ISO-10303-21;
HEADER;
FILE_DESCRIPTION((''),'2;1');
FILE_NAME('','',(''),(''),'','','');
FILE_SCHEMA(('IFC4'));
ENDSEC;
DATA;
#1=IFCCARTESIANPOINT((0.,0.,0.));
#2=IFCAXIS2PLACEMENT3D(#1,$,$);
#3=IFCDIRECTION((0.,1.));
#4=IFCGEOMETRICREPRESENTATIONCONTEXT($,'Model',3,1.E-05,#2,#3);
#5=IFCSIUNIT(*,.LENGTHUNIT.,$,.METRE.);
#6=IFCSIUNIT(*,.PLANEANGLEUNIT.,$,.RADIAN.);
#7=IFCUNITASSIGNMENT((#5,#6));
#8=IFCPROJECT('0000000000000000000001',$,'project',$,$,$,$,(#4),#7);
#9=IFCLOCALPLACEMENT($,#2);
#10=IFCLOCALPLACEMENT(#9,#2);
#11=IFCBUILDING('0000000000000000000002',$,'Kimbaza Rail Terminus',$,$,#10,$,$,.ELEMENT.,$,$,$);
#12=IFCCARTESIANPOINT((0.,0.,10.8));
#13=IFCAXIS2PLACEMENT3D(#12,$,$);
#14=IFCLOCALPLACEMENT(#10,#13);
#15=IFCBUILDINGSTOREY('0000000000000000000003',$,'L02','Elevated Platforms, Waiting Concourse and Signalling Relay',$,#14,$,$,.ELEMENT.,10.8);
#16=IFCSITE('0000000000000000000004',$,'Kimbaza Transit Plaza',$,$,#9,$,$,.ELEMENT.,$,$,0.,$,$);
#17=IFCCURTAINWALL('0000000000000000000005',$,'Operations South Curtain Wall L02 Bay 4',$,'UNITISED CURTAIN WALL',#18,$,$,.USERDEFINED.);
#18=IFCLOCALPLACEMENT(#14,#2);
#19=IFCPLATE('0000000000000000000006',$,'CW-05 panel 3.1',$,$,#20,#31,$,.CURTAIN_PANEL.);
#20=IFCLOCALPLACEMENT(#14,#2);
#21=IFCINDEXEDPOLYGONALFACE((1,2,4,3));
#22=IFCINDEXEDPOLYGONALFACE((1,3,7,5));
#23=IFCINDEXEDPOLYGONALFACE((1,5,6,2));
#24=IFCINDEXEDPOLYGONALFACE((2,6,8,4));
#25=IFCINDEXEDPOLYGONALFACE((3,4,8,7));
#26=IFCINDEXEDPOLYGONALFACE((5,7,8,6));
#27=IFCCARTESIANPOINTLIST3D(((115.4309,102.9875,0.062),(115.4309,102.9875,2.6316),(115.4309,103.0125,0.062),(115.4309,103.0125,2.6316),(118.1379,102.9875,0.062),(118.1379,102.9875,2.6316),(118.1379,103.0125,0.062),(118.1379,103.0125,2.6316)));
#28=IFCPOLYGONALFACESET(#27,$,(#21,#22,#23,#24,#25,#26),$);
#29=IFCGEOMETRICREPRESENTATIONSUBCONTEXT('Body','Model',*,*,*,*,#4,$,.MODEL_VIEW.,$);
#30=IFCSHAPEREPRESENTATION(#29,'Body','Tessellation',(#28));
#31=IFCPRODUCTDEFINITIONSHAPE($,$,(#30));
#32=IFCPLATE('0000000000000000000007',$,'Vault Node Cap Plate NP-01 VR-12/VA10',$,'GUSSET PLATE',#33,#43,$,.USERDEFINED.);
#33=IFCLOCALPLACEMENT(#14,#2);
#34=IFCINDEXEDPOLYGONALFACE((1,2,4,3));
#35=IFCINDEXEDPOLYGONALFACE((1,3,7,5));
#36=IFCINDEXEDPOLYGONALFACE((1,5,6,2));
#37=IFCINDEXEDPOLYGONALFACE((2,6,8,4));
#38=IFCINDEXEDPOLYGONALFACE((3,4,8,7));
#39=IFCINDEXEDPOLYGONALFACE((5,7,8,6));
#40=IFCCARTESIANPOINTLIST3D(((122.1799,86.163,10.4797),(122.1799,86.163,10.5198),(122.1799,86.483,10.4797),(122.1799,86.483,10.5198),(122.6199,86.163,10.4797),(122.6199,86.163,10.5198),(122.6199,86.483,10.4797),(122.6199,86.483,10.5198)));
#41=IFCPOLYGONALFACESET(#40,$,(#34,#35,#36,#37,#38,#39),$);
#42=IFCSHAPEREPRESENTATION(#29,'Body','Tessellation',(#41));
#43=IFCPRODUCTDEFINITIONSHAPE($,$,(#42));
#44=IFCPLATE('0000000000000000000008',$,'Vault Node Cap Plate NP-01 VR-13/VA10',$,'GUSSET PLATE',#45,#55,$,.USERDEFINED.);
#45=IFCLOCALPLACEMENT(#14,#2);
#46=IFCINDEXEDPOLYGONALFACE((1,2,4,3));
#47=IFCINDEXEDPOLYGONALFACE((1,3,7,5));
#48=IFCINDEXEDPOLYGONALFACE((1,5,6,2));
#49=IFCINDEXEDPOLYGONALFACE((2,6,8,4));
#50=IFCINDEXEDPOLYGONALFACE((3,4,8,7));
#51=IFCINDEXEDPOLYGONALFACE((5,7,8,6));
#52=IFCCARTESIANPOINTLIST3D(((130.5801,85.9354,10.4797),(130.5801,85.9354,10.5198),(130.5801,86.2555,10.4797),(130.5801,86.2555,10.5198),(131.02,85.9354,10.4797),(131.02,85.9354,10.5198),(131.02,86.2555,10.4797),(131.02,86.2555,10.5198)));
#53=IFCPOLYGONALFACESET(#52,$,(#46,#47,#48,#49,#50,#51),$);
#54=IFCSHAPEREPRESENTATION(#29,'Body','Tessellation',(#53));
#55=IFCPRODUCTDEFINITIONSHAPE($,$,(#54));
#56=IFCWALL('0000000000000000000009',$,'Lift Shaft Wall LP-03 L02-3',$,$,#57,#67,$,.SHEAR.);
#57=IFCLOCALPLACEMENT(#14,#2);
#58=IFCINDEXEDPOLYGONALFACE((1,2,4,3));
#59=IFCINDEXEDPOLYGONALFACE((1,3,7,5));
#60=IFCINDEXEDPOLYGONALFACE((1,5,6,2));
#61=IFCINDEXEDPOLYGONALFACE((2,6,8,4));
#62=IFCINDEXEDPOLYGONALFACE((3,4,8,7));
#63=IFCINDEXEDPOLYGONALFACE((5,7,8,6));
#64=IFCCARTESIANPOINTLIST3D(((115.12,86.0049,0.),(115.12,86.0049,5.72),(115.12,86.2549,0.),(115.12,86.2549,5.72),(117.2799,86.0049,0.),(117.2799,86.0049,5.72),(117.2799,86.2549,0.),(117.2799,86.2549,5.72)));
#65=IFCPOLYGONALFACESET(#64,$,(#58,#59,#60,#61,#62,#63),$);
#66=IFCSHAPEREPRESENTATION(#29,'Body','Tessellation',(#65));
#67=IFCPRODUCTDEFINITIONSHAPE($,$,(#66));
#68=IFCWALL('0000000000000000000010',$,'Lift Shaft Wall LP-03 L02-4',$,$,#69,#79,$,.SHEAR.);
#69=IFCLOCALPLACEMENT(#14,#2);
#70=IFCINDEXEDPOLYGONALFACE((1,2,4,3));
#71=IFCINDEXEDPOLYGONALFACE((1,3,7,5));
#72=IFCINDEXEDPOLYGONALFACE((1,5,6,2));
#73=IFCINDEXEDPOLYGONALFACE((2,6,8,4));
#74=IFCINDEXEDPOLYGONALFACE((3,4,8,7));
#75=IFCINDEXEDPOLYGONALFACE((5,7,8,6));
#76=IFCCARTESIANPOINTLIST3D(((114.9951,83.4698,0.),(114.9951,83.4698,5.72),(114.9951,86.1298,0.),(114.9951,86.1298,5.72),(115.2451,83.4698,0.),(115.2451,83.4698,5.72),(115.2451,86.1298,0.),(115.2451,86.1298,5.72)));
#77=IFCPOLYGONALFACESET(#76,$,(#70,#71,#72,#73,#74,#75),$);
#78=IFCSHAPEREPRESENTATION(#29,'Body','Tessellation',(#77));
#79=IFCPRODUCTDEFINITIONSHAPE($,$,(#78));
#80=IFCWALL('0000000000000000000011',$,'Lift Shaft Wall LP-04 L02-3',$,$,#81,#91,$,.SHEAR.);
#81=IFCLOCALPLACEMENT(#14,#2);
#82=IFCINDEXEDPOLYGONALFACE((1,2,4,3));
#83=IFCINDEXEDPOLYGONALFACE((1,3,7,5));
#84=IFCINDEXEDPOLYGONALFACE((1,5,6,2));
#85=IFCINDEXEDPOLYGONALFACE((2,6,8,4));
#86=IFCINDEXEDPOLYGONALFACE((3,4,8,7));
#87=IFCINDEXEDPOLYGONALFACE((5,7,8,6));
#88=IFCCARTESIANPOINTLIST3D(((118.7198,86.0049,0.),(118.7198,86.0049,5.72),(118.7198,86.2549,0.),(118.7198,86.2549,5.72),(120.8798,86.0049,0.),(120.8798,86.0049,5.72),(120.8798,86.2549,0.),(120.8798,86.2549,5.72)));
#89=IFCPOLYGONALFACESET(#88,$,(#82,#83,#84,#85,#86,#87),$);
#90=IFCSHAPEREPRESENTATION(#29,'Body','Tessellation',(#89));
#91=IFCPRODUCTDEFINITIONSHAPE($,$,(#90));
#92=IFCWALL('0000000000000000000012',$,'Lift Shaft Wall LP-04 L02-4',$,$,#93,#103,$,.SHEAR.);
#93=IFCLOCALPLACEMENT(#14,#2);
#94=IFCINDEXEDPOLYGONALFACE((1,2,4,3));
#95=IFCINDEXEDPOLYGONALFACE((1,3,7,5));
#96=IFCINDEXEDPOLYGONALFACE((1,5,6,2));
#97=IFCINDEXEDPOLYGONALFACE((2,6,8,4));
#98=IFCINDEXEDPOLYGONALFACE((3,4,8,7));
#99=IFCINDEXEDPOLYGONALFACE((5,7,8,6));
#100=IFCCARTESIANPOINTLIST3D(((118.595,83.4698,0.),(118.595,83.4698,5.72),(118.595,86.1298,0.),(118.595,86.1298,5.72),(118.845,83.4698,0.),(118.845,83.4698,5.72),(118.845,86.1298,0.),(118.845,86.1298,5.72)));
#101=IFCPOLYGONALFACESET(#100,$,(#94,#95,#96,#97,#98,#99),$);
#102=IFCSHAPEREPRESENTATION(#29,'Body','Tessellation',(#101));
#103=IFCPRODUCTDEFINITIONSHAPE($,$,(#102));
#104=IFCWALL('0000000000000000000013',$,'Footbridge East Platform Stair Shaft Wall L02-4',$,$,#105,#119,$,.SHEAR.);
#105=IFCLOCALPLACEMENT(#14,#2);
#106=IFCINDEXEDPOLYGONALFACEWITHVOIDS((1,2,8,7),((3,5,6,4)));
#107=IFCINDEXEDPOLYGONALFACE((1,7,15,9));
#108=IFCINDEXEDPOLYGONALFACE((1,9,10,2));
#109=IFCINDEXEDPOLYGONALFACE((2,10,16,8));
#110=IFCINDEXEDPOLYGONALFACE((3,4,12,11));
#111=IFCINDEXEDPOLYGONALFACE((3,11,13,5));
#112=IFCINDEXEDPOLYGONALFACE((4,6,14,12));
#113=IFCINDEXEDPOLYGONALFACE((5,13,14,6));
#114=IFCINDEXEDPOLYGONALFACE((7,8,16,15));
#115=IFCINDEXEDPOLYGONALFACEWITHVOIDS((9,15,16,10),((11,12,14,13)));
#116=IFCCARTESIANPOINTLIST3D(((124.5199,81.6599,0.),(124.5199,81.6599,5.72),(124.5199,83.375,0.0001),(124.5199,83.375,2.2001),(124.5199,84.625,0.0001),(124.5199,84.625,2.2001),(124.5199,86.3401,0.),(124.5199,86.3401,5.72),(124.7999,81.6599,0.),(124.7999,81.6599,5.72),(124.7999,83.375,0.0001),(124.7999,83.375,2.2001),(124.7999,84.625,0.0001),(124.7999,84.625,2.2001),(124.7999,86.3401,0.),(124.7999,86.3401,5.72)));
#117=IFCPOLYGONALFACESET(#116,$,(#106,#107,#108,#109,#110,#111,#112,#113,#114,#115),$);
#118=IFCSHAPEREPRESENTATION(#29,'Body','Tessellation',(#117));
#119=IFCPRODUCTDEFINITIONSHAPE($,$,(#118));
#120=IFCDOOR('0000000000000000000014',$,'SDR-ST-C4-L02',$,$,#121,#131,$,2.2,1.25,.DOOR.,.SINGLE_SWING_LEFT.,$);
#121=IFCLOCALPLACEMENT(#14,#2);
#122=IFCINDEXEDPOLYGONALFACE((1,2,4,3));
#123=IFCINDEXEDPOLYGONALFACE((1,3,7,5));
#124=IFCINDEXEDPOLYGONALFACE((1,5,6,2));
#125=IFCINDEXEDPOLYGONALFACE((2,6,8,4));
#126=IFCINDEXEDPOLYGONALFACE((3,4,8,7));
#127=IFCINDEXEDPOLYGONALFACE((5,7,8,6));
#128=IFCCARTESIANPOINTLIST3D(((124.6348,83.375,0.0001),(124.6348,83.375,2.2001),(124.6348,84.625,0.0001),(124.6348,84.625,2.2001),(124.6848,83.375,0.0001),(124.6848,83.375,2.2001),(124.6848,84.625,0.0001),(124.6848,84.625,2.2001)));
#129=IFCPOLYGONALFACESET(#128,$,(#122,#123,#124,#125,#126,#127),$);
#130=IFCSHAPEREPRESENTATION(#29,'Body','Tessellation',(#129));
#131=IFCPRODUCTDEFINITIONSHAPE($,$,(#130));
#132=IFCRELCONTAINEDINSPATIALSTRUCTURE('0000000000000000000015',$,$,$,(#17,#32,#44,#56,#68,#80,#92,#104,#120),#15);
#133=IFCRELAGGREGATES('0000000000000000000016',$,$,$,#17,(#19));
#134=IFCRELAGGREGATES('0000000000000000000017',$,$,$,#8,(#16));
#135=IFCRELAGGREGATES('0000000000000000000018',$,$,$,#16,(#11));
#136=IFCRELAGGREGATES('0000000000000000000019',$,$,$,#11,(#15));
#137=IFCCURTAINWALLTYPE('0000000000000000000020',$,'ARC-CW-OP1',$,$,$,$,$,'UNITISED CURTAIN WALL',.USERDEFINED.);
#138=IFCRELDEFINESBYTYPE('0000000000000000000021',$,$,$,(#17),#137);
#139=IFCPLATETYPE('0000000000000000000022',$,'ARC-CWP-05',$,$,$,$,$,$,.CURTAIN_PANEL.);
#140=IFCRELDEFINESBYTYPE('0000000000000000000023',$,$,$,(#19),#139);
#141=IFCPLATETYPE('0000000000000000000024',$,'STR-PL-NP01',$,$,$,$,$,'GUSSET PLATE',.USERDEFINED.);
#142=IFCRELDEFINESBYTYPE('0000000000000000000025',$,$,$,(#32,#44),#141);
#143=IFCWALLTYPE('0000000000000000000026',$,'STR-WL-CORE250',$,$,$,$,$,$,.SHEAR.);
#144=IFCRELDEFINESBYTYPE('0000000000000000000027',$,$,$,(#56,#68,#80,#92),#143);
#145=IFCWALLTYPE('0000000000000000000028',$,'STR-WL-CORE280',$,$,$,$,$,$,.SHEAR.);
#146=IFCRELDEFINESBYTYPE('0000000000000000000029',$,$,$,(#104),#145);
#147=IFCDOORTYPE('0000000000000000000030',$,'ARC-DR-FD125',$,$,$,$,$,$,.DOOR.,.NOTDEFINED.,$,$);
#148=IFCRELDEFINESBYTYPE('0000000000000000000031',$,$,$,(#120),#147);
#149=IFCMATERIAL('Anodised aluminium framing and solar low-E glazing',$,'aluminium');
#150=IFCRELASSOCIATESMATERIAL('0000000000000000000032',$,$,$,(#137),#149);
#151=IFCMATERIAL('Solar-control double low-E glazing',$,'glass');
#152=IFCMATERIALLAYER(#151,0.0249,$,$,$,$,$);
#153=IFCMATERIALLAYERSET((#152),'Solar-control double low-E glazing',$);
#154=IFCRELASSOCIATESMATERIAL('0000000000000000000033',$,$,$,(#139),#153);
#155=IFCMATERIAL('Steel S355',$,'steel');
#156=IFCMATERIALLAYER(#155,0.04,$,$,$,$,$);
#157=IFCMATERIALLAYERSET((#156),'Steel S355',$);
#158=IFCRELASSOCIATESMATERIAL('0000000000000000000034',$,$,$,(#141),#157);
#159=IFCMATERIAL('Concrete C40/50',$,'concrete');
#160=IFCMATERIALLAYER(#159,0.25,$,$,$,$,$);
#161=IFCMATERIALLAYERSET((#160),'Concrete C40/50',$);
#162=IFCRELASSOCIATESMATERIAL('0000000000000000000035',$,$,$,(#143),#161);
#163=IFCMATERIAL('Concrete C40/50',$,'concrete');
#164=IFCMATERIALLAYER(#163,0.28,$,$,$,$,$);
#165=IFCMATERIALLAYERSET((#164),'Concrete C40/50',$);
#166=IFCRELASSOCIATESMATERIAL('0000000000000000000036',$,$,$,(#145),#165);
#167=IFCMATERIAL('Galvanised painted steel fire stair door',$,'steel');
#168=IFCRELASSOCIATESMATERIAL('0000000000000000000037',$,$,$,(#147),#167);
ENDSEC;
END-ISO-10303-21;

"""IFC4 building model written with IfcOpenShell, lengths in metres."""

from ifc_helpers import new_model, si_unit, direction, frame, frame_2d, origin, origin_2d, place, context, subcontext, project, spatial, rectangle, extrude, material, layer, layer_set, type_object, element, fill, aggregate, save


model = new_model("IFC4")

# Units and contexts
model_context = context("Model", 3, precision=1e-05, world=origin(), true_north=direction((0.0, 1.0)))
body_context = subcontext(model_context, "Body", "Model", "MODEL_VIEW")
ifc_project = project(units=[si_unit("LENGTHUNIT", "METRE"), si_unit("PLANEANGLEUNIT", "RADIAN")], contexts=[model_context])

# Site, building, storey
site_placement = place(None, origin())
site = spatial("IfcSite", under=ifc_project, at=site_placement, Name="Kimbaza Transit Plaza", CompositionType="ELEMENT", RefElevation=0.0)
building_placement = place(site_placement, origin())
building = spatial("IfcBuilding", under=site, at=building_placement, Name="Kimbaza Rail Terminus", CompositionType="ELEMENT")
storey_placement = place(building_placement, frame((0.0, 0.0, 10.8)))
storey = spatial("IfcBuildingStorey", under=building, at=storey_placement, Name="L02", Description="Elevated Platforms, Waiting Concourse and Signalling Relay", CompositionType="ELEMENT", Elevation=10.8)

# Curtain wall
ifc_material_1 = material(Name="Anodised aluminium framing and solar low-E glazing", Category="aluminium")
curtain_wall_type = type_object("IfcCurtainWallType", Name="ARC-CW-OP1", ElementType="UNITISED CURTAIN WALL", PredefinedType="USERDEFINED", material=ifc_material_1)
curtain_wall_placement = place(storey_placement, origin())
curtain_wall = element("IfcCurtainWall", 1, at=curtain_wall_placement, inside=storey, type_object=curtain_wall_type, Name="Operations South Curtain Wall L02 Bay 4", ObjectType="UNITISED CURTAIN WALL", PredefinedType="USERDEFINED")

# Plate
ifc_material_2 = material(Name="Solar-control double low-E glazing", Category="glass")
ifc_layer_1 = layer(ifc_material_2, 0.0249)
ifc_layer_set_1 = layer_set([ifc_layer_1], Name="Solar-control double low-E glazing")
plate_type_1 = type_object("IfcPlateType", Name="ARC-CWP-05", PredefinedType="CURTAIN_PANEL", material=ifc_layer_set_1)
plate_1_placement = place(storey_placement, frame((116.7844, 103.0, 0.062), z_axis=(0.0, 0.0, 1.0), x_axis=(1.0, 0.0, 0.0)))
plate_1 = element("IfcPlate", 2, at=plate_1_placement, type_object=plate_type_1, Name="CW-05 panel 3.1", PredefinedType="CURTAIN_PANEL", context=body_context, shape_type="SweptSolid", body=[
    extrude(rectangle(XDim=2.707, YDim=0.0249, at=origin_2d()), origin(), (0.0, 0.0, 1.0), 2.5696),
])
aggregate(curtain_wall, [plate_1])

# Plates
ifc_material_3 = material(Name="Steel S355", Category="steel")
ifc_layer_2 = layer(ifc_material_3, 0.04)
ifc_layer_set_2 = layer_set([ifc_layer_2], Name="Steel S355")
plate_type_2 = type_object("IfcPlateType", Name="STR-PL-NP01", ElementType="GUSSET PLATE", PredefinedType="USERDEFINED", material=ifc_layer_set_2)
for number, where, z_axis, x_axis, name in (
    (3, (122.3999, 86.323, 10.4797), (0.0, 0.0, 1.0), (1.0, 0.0, 0.0), "Vault Node Cap Plate NP-01 VR-12/VA10"),
    (4, (130.8, 86.0955, 10.4797), (0.0, 0.0, 1.0), (1.0, 0.0, 0.0), "Vault Node Cap Plate NP-01 VR-13/VA10"),
):
    element("IfcPlate", number, at=place(storey_placement, frame(where, z_axis=z_axis, x_axis=x_axis)), inside=storey, type_object=plate_type_2, Name=name, ObjectType="GUSSET PLATE", PredefinedType="USERDEFINED", context=body_context, shape_type="SweptSolid", body=[
        extrude(rectangle(XDim=0.4399, YDim=0.3201, at=origin_2d()), origin(), (0.0, 0.0, 1.0), 0.04),
    ])

# Walls
ifc_material_4 = material(Name="Concrete C40/50", Category="concrete")
ifc_layer_3 = layer(ifc_material_4, 0.25)
ifc_layer_set_3 = layer_set([ifc_layer_3], Name="Concrete C40/50")
wall_type_1 = type_object("IfcWallType", Name="STR-WL-CORE250", PredefinedType="SHEAR", material=ifc_layer_set_3)
wall_1_placement = place(storey_placement, frame((117.28, 86.1299, 0.0), z_axis=(0.0, 0.0, 1.0), x_axis=(-1.0, 0.0, 0.0)))
element("IfcWall", 5, at=wall_1_placement, inside=storey, type_object=wall_type_1, Name="Lift Shaft Wall LP-03 L02-3", PredefinedType="SHEAR", context=body_context, shape_type="SweptSolid", body=[
    extrude(rectangle(XDim=2.1599, YDim=0.25, at=frame_2d((1.0801, 0.0))), origin(), (0.0, 0.0, 1.0), 5.72),
])
wall_2_placement = place(storey_placement, frame((115.1201, 86.1299, 0.0), z_axis=(0.0, 0.0, 1.0), x_axis=(0.0, -1.0, 0.0)))
element("IfcWall", 6, at=wall_2_placement, inside=storey, type_object=wall_type_1, Name="Lift Shaft Wall LP-03 L02-4", PredefinedType="SHEAR", context=body_context, shape_type="SweptSolid", body=[
    extrude(rectangle(XDim=2.6599, YDim=0.25, at=frame_2d((1.3301, 0.0))), origin(), (0.0, 0.0, 1.0), 5.72),
])
wall_3_placement = place(storey_placement, frame((120.8799, 86.1299, 0.0), z_axis=(0.0, 0.0, 1.0), x_axis=(-1.0, 0.0, 0.0)))
element("IfcWall", 7, at=wall_3_placement, inside=storey, type_object=wall_type_1, Name="Lift Shaft Wall LP-04 L02-3", PredefinedType="SHEAR", context=body_context, shape_type="SweptSolid", body=[
    extrude(rectangle(XDim=2.1599, YDim=0.25, at=frame_2d((1.0801, 0.0))), origin(), (0.0, 0.0, 1.0), 5.72),
])
wall_4_placement = place(storey_placement, frame((118.72, 86.1299, 0.0), z_axis=(0.0, 0.0, 1.0), x_axis=(0.0, -1.0, 0.0)))
element("IfcWall", 8, at=wall_4_placement, inside=storey, type_object=wall_type_1, Name="Lift Shaft Wall LP-04 L02-4", PredefinedType="SHEAR", context=body_context, shape_type="SweptSolid", body=[
    extrude(rectangle(XDim=2.6599, YDim=0.25, at=frame_2d((1.3301, 0.0))), origin(), (0.0, 0.0, 1.0), 5.72),
])

# Wall, opening, door
ifc_material_5 = material(Name="Concrete C40/50", Category="concrete")
ifc_layer_4 = layer(ifc_material_5, 0.28)
ifc_layer_set_4 = layer_set([ifc_layer_4], Name="Concrete C40/50")
wall_type_2 = type_object("IfcWallType", Name="STR-WL-CORE280", PredefinedType="SHEAR", material=ifc_layer_set_4)
wall_5_placement = place(storey_placement, frame((124.6599, 86.3401, 0.0), z_axis=(0.0, 0.0, 1.0), x_axis=(0.0, -1.0, 0.0)))
wall_5 = element("IfcWall", 9, at=wall_5_placement, inside=storey, type_object=wall_type_2, Name="Footbridge East Platform Stair Shaft Wall L02-4", PredefinedType="SHEAR", context=body_context, shape_type="SweptSolid", body=[
    extrude(rectangle(XDim=4.6802, YDim=0.28, at=frame_2d((2.3401, 0.0))), origin(), (0.0, 0.0, 1.0), 5.72),
])
opening_placement = place(wall_5_placement, frame((1.7151, 0.0, 0.0)))
opening = element("IfcOpeningElement", 10, at=opening_placement, cuts=wall_5, PredefinedType="OPENING", context=body_context, shape_type="SweptSolid", body=[
    extrude(rectangle(XDim=1.25, YDim=2.2, at=frame_2d((0.625, 1.1001))), frame((0.0, 0.1499, 0.0), z_axis=(0.0, -1.0, 0.0), x_axis=(1.0, 0.0, 0.0)), (0.0, 0.0, 1.0), 0.3),
])
ifc_material_6 = material(Name="Galvanised painted steel fire stair door", Category="steel")
door_type = type_object("IfcDoorType", Name="ARC-DR-FD125", OperationType="NOTDEFINED", PredefinedType="DOOR", material=ifc_material_6)
door_placement = place(opening_placement, origin())
door = element("IfcDoor", 11, at=door_placement, inside=storey, type_object=door_type, Name="SDR-ST-C4-L02", OperationType="SINGLE_SWING_LEFT", OverallHeight=2.2, OverallWidth=1.25, PredefinedType="DOOR", context=body_context, shape_type="SweptSolid", body=[
    extrude(rectangle(XDim=1.25, YDim=2.2, at=frame_2d((0.625, 1.1001))), frame((0.0, 0.0249, 0.0), z_axis=(0.0, -1.0, 0.0), x_axis=(1.0, 0.0, 0.0)), (0.0, 0.0, 1.0), 0.05),
])
fill(opening, door)

save(model, "model.ifc")
